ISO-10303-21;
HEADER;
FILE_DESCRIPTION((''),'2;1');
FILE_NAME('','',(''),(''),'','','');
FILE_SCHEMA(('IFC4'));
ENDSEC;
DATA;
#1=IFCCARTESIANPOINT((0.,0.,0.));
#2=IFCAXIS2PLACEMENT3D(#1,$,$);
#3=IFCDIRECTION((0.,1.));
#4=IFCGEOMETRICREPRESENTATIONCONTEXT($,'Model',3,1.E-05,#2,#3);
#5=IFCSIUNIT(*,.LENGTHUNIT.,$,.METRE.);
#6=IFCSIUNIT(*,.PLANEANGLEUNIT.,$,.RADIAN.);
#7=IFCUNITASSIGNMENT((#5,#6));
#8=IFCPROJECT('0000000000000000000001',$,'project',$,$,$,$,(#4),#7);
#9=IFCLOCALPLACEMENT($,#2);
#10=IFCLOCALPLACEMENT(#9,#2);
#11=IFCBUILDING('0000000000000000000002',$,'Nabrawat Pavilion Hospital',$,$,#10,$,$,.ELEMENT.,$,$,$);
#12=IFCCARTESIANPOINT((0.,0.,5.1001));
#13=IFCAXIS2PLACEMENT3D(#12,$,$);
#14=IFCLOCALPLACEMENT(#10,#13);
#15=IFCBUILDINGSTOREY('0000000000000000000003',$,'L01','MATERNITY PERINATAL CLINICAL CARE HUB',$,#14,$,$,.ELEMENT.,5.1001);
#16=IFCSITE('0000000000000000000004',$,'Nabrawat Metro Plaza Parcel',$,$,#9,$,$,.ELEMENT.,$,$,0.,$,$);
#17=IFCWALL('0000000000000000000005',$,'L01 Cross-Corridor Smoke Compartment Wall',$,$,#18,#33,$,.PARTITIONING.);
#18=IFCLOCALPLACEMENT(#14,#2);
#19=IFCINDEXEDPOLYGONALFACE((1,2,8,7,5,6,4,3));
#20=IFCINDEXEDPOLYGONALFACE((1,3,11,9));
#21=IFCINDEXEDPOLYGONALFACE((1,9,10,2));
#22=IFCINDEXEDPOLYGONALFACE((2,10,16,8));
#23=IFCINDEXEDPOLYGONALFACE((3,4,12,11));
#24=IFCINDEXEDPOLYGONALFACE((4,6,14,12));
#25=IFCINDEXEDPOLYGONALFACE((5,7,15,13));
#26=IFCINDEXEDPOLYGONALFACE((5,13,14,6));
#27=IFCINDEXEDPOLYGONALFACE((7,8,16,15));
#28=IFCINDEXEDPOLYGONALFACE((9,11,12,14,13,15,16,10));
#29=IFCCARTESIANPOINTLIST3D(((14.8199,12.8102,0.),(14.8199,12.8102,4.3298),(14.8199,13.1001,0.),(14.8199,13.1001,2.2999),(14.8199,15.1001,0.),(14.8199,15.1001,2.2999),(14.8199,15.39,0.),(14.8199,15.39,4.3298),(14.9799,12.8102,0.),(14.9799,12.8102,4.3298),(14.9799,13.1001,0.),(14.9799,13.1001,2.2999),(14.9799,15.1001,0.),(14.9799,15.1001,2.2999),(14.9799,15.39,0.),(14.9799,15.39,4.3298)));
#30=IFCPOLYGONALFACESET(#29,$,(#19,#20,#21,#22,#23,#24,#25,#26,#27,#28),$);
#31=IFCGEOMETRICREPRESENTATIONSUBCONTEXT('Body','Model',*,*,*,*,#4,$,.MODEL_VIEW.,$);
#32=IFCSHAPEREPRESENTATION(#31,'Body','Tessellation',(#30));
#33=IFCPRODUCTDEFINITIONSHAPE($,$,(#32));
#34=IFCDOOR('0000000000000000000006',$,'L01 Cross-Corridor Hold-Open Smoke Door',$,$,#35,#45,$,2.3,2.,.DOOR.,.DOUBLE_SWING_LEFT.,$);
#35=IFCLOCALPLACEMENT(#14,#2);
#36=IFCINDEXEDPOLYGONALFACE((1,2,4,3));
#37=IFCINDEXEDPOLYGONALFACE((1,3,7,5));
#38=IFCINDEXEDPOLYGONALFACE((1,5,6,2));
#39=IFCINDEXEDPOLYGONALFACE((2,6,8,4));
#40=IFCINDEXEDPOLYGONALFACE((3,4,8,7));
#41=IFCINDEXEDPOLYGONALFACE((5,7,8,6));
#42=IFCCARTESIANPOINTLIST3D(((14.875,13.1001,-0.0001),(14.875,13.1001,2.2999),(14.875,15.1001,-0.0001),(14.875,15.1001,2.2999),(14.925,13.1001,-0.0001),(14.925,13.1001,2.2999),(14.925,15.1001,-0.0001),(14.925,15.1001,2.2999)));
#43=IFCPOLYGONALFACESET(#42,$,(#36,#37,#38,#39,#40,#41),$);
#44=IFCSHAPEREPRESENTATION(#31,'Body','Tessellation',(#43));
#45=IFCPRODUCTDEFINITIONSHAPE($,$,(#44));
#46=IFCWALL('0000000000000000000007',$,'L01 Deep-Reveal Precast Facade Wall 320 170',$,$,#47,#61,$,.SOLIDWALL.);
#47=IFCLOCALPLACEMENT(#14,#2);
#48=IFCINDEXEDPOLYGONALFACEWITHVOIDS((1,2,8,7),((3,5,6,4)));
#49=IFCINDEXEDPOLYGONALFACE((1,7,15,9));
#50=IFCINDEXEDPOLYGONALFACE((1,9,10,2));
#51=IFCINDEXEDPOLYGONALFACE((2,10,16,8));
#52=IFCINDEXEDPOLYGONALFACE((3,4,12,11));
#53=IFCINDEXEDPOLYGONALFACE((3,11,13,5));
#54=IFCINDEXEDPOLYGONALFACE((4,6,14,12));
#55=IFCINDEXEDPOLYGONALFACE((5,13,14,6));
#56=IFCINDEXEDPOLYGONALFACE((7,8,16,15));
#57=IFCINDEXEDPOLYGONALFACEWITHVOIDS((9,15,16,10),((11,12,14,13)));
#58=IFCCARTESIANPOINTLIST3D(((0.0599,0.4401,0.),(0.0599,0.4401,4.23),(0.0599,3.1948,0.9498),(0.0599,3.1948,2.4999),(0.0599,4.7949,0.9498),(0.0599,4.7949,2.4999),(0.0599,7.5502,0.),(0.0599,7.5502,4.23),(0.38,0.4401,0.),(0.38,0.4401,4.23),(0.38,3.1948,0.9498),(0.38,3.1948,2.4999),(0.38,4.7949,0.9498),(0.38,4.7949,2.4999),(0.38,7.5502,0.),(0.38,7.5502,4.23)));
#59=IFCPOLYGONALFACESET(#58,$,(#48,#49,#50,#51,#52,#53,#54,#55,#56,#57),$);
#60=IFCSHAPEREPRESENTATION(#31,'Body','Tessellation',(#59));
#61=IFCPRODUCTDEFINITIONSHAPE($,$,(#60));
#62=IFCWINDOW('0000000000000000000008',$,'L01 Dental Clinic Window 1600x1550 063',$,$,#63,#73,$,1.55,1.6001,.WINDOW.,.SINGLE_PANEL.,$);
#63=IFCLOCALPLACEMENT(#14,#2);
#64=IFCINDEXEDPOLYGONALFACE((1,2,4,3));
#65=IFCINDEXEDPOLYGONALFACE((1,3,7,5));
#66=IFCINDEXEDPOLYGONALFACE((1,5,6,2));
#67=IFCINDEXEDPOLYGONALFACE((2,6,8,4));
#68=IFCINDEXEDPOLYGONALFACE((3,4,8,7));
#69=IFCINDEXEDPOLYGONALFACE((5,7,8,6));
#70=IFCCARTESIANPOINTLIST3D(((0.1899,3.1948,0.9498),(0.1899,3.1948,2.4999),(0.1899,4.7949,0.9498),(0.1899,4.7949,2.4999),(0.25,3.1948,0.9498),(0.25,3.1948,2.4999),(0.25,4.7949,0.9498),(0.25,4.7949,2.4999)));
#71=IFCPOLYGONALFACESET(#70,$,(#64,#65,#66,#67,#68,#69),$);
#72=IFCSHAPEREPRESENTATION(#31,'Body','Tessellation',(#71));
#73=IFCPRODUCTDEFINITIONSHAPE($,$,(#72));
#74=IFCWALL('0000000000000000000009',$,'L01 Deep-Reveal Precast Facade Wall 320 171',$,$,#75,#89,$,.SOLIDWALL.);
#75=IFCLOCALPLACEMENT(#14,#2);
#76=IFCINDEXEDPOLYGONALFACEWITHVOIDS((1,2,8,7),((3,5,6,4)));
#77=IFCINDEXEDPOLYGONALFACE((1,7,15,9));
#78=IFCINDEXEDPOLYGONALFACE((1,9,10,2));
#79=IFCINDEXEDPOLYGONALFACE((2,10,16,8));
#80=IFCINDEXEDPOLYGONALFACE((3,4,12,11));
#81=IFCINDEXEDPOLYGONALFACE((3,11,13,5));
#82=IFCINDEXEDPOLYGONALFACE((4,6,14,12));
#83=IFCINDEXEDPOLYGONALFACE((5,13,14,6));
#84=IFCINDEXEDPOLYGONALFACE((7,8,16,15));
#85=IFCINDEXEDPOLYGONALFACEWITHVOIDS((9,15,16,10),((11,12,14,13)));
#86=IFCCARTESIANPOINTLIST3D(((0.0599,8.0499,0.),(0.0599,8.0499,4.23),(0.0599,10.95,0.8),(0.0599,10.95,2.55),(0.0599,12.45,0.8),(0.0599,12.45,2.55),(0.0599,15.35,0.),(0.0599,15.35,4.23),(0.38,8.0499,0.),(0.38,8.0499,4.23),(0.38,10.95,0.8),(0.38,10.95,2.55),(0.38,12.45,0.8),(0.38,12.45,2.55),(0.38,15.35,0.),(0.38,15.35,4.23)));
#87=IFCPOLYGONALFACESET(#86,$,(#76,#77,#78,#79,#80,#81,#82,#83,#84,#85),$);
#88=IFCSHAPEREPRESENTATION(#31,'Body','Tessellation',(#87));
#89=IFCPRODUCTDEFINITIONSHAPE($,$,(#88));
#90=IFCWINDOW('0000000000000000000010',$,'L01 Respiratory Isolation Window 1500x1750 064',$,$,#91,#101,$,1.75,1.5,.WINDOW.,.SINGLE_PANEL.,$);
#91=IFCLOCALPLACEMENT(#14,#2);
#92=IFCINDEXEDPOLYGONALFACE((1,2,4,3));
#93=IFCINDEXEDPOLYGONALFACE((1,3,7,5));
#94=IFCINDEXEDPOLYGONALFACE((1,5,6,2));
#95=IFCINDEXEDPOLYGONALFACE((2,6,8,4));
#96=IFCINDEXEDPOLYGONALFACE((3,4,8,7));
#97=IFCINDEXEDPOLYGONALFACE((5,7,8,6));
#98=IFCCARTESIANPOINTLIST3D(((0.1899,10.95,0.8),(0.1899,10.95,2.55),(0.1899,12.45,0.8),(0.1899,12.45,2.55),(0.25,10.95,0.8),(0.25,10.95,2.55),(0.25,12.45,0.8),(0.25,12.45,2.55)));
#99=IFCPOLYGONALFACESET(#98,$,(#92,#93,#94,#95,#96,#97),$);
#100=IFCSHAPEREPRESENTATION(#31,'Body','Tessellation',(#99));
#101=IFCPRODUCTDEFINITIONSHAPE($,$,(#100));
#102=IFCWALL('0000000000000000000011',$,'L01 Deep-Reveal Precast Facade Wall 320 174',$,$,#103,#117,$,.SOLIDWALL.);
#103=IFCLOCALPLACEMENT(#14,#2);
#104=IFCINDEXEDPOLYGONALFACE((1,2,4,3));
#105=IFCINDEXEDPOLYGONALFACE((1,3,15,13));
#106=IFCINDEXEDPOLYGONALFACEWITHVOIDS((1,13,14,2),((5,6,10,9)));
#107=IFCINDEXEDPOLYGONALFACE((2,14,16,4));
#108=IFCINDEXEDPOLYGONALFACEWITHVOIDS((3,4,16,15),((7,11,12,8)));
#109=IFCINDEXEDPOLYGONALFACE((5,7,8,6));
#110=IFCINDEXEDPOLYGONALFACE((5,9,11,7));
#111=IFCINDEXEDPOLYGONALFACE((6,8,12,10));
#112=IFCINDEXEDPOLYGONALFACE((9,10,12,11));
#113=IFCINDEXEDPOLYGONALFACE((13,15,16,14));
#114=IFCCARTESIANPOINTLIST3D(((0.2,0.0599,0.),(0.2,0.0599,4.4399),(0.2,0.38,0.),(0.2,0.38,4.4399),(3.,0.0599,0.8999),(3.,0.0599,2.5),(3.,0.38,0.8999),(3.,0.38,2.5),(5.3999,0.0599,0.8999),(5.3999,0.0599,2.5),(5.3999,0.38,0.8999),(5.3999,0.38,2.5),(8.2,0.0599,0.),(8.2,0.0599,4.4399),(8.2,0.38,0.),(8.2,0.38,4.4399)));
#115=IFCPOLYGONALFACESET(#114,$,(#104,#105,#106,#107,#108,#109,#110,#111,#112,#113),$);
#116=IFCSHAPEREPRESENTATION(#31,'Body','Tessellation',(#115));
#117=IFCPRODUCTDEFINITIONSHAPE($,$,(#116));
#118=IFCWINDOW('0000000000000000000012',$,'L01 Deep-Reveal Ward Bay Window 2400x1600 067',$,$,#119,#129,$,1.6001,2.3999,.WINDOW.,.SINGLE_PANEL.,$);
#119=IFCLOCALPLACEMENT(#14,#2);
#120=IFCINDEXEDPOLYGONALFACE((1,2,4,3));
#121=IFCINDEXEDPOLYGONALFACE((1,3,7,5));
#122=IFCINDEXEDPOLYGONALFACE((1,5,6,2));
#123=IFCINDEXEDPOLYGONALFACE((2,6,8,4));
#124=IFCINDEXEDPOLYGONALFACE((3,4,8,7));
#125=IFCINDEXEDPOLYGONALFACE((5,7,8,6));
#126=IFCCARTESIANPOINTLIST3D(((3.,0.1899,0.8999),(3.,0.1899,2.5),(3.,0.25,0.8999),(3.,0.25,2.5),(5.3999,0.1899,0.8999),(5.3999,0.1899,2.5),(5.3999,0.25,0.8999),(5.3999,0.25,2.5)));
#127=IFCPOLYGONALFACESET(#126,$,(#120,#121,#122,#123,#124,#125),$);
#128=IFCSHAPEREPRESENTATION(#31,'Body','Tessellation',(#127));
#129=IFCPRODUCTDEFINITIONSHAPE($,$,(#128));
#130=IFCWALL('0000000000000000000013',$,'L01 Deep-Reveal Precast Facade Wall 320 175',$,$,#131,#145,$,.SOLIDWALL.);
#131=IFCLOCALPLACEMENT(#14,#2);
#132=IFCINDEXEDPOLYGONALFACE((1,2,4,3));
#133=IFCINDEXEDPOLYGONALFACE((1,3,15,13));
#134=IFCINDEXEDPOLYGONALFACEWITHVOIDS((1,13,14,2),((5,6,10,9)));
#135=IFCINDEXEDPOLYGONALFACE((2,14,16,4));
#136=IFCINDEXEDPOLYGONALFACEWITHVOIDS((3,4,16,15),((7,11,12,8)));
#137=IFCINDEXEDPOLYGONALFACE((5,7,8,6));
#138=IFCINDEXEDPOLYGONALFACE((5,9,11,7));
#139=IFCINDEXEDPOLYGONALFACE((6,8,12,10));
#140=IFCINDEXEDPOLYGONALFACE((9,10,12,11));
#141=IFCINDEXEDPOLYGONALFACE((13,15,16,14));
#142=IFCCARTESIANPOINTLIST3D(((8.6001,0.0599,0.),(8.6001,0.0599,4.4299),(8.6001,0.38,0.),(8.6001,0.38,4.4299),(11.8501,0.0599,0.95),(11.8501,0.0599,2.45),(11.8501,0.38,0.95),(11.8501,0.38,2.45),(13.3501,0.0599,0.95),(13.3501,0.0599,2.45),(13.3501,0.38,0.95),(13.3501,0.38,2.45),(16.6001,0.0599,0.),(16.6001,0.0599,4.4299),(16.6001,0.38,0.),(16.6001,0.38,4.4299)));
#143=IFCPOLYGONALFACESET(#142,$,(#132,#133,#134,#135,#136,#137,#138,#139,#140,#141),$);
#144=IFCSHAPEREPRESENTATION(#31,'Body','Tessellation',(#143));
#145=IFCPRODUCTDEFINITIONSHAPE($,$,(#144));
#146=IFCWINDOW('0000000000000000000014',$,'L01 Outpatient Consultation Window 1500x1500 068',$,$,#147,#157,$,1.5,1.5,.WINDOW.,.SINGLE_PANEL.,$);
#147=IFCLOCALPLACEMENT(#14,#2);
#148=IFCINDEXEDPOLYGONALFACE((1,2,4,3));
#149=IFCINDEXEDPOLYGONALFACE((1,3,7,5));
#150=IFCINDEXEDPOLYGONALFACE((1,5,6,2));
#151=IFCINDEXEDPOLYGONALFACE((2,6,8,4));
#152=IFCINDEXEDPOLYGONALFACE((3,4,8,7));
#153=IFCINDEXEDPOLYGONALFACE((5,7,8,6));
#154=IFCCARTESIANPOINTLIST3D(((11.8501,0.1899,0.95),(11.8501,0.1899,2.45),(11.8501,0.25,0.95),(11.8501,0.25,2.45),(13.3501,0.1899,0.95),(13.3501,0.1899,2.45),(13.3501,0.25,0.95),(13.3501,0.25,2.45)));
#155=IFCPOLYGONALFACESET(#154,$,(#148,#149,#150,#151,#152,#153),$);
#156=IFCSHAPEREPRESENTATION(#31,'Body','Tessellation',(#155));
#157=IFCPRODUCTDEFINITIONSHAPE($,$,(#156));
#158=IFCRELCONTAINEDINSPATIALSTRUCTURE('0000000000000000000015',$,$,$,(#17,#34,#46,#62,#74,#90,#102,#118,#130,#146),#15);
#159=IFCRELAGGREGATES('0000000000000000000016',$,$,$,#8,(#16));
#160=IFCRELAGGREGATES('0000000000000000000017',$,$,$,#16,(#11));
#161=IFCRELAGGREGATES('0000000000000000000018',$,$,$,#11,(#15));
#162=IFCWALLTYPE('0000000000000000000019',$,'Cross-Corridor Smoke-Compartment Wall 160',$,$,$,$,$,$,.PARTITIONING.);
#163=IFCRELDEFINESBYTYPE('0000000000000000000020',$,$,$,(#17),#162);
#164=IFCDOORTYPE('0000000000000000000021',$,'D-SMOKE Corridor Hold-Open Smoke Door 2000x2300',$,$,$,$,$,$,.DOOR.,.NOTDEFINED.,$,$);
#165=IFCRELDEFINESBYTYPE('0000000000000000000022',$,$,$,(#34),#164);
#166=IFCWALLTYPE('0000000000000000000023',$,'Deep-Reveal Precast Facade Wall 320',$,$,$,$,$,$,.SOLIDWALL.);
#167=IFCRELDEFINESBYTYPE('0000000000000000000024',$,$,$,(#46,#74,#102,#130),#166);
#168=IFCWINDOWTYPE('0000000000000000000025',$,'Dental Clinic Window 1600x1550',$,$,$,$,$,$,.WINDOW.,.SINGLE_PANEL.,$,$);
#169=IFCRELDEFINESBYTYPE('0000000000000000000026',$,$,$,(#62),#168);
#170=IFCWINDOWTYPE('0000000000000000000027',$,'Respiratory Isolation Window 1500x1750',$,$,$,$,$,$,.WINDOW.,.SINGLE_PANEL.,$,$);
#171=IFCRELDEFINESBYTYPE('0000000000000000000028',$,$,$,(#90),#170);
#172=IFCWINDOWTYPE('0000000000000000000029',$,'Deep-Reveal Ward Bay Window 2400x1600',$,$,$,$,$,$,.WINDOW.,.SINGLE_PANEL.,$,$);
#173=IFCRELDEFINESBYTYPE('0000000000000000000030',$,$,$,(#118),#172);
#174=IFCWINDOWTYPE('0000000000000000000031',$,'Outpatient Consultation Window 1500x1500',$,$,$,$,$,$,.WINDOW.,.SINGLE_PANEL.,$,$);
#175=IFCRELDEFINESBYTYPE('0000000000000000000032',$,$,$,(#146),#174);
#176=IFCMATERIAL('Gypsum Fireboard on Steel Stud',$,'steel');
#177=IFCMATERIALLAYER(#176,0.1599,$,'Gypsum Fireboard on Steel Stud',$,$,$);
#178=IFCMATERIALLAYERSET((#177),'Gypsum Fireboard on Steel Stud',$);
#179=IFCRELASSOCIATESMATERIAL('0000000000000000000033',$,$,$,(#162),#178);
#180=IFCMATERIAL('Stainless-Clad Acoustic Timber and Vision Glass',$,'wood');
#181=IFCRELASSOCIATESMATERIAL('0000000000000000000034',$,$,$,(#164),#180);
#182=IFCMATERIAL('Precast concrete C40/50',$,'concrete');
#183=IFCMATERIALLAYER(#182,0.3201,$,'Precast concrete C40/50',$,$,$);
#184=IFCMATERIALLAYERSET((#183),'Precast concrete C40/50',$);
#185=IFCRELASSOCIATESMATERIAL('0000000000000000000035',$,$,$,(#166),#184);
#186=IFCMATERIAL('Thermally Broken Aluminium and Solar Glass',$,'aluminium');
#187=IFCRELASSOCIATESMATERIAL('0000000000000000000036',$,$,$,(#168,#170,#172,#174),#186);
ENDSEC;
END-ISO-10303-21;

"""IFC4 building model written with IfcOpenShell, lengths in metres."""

from ifc_helpers import new_model, si_unit, direction, frame, frame_2d, origin, place, context, subcontext, project, spatial, rectangle, extrude, material, layer, layer_set, type_object, element, fill, save


model = new_model("IFC4")

# Units and contexts
model_context = context("Model", 3, precision=1e-05, world=origin(), true_north=direction((0.0, 1.0)))
body_context = subcontext(model_context, "Body", "Model", "MODEL_VIEW")
ifc_project = project(units=[si_unit("LENGTHUNIT", "METRE"), si_unit("PLANEANGLEUNIT", "RADIAN")], contexts=[model_context])

# Site, building, storey
site_placement = place(None, origin())
site = spatial("IfcSite", under=ifc_project, at=site_placement, Name="Nabrawat Metro Plaza Parcel", CompositionType="ELEMENT", RefElevation=0.0)
building_placement = place(site_placement, origin())
building = spatial("IfcBuilding", under=site, at=building_placement, Name="Nabrawat Pavilion Hospital", CompositionType="ELEMENT")
storey_placement = place(building_placement, frame((0.0, 0.0, 5.1001)))
storey = spatial("IfcBuildingStorey", under=building, at=storey_placement, Name="L01", Description="MATERNITY PERINATAL CLINICAL CARE HUB", CompositionType="ELEMENT", Elevation=5.1001)

# Wall, opening, door
ifc_material_1 = material(Name="Gypsum Fireboard on Steel Stud", Category="steel")
ifc_material_2 = material(Name="Stainless-Clad Acoustic Timber and Vision Glass", Category="wood")
ifc_layer_1 = layer(ifc_material_1, 0.1599, Name="Gypsum Fireboard on Steel Stud")
ifc_layer_set_1 = layer_set([ifc_layer_1], Name="Gypsum Fireboard on Steel Stud")
wall_type_1 = type_object("IfcWallType", Name="Cross-Corridor Smoke-Compartment Wall 160", PredefinedType="PARTITIONING", material=ifc_layer_set_1)
wall_1_placement = place(storey_placement, frame((14.8999, 12.8101, 0.0), z_axis=(0.0, 0.0, 1.0), x_axis=(0.0, 1.0, 0.0)))
wall_1 = element("IfcWall", 1, at=wall_1_placement, inside=storey, type_object=wall_type_1, Name="L01 Cross-Corridor Smoke Compartment Wall", PredefinedType="PARTITIONING", context=body_context, shape_type="SweptSolid", body=[
    extrude(rectangle(XDim=2.5798, YDim=0.1599, at=frame_2d((1.29, 0.0))), origin(), (0.0, 0.0, 1.0), 4.3298),
])
opening_1_placement = place(wall_1_placement, frame((0.29, 0.0, 0.0)))
opening_1 = element("IfcOpeningElement", 2, at=opening_1_placement, cuts=wall_1, PredefinedType="OPENING", context=body_context, shape_type="SweptSolid", body=[
    extrude(rectangle(XDim=2.0, YDim=2.3, at=frame_2d((1.0, 1.1499))), frame((0.0, 0.0898, 0.0), z_axis=(0.0, -1.0, 0.0), x_axis=(1.0, 0.0, 0.0)), (0.0, 0.0, 1.0), 0.1799),
])
door_type_1 = type_object("IfcDoorType", Name="D-SMOKE Corridor Hold-Open Smoke Door 2000x2300", OperationType="NOTDEFINED", PredefinedType="DOOR", material=ifc_material_2)
door_1_placement = place(opening_1_placement, origin())
door_1 = element("IfcDoor", 3, at=door_1_placement, inside=storey, type_object=door_type_1, Name="L01 Cross-Corridor Hold-Open Smoke Door", OperationType="DOUBLE_SWING_LEFT", OverallHeight=2.3, OverallWidth=2.0, PredefinedType="DOOR", context=body_context, shape_type="SweptSolid", body=[
    extrude(rectangle(XDim=2.0, YDim=2.3, at=frame_2d((1.0, 1.1499))), frame((0.0, 0.0249, 0.0), z_axis=(0.0, -1.0, 0.0), x_axis=(1.0, 0.0, 0.0)), (0.0, 0.0, 1.0), 0.05),
])
fill(opening_1, door_1)

# Walls, openings, windows
ifc_material_3 = material(Name="Precast concrete C40/50", Category="concrete")
ifc_layer_2 = layer(ifc_material_3, 0.3201, Name="Precast concrete C40/50")
ifc_layer_set_2 = layer_set([ifc_layer_2], Name="Precast concrete C40/50")
wall_type_2 = type_object("IfcWallType", Name="Deep-Reveal Precast Facade Wall 320", PredefinedType="SOLIDWALL", material=ifc_layer_set_2)
wall_2_placement = place(storey_placement, frame((0.22, 0.4399, 0.0), z_axis=(0.0, 0.0, 1.0), x_axis=(0.0, 1.0, 0.0)))
wall_2 = element("IfcWall", 4, at=wall_2_placement, inside=storey, type_object=wall_type_2, Name="L01 Deep-Reveal Precast Facade Wall 320 170", PredefinedType="SOLIDWALL", context=body_context, shape_type="SweptSolid", body=[
    extrude(rectangle(XDim=7.1101, YDim=0.3201, at=frame_2d((3.5552, 0.0))), origin(), (0.0, 0.0, 1.0), 4.23),
])
opening_2_placement = place(wall_2_placement, frame((2.7549, 0.0, 0.95)))
opening_2 = element("IfcOpeningElement", 5, at=opening_2_placement, cuts=wall_2, PredefinedType="OPENING", context=body_context, shape_type="SweptSolid", body=[
    extrude(rectangle(XDim=1.6001, YDim=1.55, at=frame_2d((0.8, 0.7749))), frame((0.0, 0.1699, 0.0), z_axis=(0.0, -1.0, 0.0), x_axis=(1.0, 0.0, 0.0)), (0.0, 0.0, 1.0), 0.3401),
])
ifc_material_4 = material(Name="Thermally Broken Aluminium and Solar Glass", Category="aluminium")
window_type_1 = type_object("IfcWindowType", Name="Dental Clinic Window 1600x1550", PartitioningType="SINGLE_PANEL", PredefinedType="WINDOW", material=ifc_material_4)
window_1_placement = place(opening_2_placement, origin())
window_1 = element("IfcWindow", 6, at=window_1_placement, inside=storey, type_object=window_type_1, Name="L01 Dental Clinic Window 1600x1550 063", OverallHeight=1.55, OverallWidth=1.6001, PartitioningType="SINGLE_PANEL", PredefinedType="WINDOW", context=body_context, shape_type="SweptSolid", body=[
    extrude(rectangle(XDim=1.6001, YDim=1.55, at=frame_2d((0.8, 0.7749))), frame((0.0, 0.03, 0.0), z_axis=(0.0, -1.0, 0.0), x_axis=(1.0, 0.0, 0.0)), (0.0, 0.0, 1.0), 0.0601),
])
fill(opening_2, window_1)
wall_3_placement = place(storey_placement, frame((0.22, 8.05, 0.0), z_axis=(0.0, 0.0, 1.0), x_axis=(0.0, 1.0, 0.0)))
wall_3 = element("IfcWall", 7, at=wall_3_placement, inside=storey, type_object=wall_type_2, Name="L01 Deep-Reveal Precast Facade Wall 320 171", PredefinedType="SOLIDWALL", context=body_context, shape_type="SweptSolid", body=[
    extrude(rectangle(XDim=7.3, YDim=0.3201, at=frame_2d((3.6499, 0.0))), origin(), (0.0, 0.0, 1.0), 4.23),
])
opening_3_placement = place(wall_3_placement, frame((2.8999, 0.0, 0.8)))
opening_3 = element("IfcOpeningElement", 8, at=opening_3_placement, cuts=wall_3, PredefinedType="OPENING", context=body_context, shape_type="SweptSolid", body=[
    extrude(rectangle(XDim=1.5, YDim=1.75, at=frame_2d((0.75, 0.875))), frame((0.0, 0.1699, 0.0), z_axis=(0.0, -1.0, 0.0), x_axis=(1.0, 0.0, 0.0)), (0.0, 0.0, 1.0), 0.3401),
])
window_type_2 = type_object("IfcWindowType", Name="Respiratory Isolation Window 1500x1750", PartitioningType="SINGLE_PANEL", PredefinedType="WINDOW", material=ifc_material_4)
window_2_placement = place(opening_3_placement, origin())
window_2 = element("IfcWindow", 9, at=window_2_placement, inside=storey, type_object=window_type_2, Name="L01 Respiratory Isolation Window 1500x1750 064", OverallHeight=1.75, OverallWidth=1.5, PartitioningType="SINGLE_PANEL", PredefinedType="WINDOW", context=body_context, shape_type="SweptSolid", body=[
    extrude(rectangle(XDim=1.5, YDim=1.75, at=frame_2d((0.75, 0.875))), frame((0.0, 0.03, 0.0), z_axis=(0.0, -1.0, 0.0), x_axis=(1.0, 0.0, 0.0)), (0.0, 0.0, 1.0), 0.0601),
])
fill(opening_3, window_2)
wall_4_placement = place(storey_placement, frame((0.2, 0.22, 0.0), z_axis=(0.0, 0.0, 1.0), x_axis=(1.0, 0.0, 0.0)))
wall_4 = element("IfcWall", 10, at=wall_4_placement, inside=storey, type_object=wall_type_2, Name="L01 Deep-Reveal Precast Facade Wall 320 174", PredefinedType="SOLIDWALL", context=body_context, shape_type="SweptSolid", body=[
    extrude(rectangle(XDim=8.0, YDim=0.3201, at=frame_2d((4.0, 0.0))), origin(), (0.0, 0.0, 1.0), 4.4399),
])
opening_4_placement = place(wall_4_placement, frame((2.8, 0.0, 0.8999)))
opening_4 = element("IfcOpeningElement", 11, at=opening_4_placement, cuts=wall_4, PredefinedType="OPENING", context=body_context, shape_type="SweptSolid", body=[
    extrude(rectangle(XDim=2.3999, YDim=1.6001, at=frame_2d((1.2, 0.8))), frame((0.0, 0.1699, 0.0), z_axis=(0.0, -1.0, 0.0), x_axis=(1.0, 0.0, 0.0)), (0.0, 0.0, 1.0), 0.3401),
])
window_type_3 = type_object("IfcWindowType", Name="Deep-Reveal Ward Bay Window 2400x1600", PartitioningType="SINGLE_PANEL", PredefinedType="WINDOW", material=ifc_material_4)
window_3_placement = place(opening_4_placement, origin())
window_3 = element("IfcWindow", 12, at=window_3_placement, inside=storey, type_object=window_type_3, Name="L01 Deep-Reveal Ward Bay Window 2400x1600 067", OverallHeight=1.6001, OverallWidth=2.3999, PartitioningType="SINGLE_PANEL", PredefinedType="WINDOW", context=body_context, shape_type="SweptSolid", body=[
    extrude(rectangle(XDim=2.3999, YDim=1.6001, at=frame_2d((1.2, 0.8))), frame((0.0, 0.03, 0.0), z_axis=(0.0, -1.0, 0.0), x_axis=(1.0, 0.0, 0.0)), (0.0, 0.0, 1.0), 0.0601),
])
fill(opening_4, window_3)
wall_5_placement = place(storey_placement, frame((8.6001, 0.22, 0.0), z_axis=(0.0, 0.0, 1.0), x_axis=(1.0, 0.0, 0.0)))
wall_5 = element("IfcWall", 13, at=wall_5_placement, inside=storey, type_object=wall_type_2, Name="L01 Deep-Reveal Precast Facade Wall 320 175", PredefinedType="SOLIDWALL", context=body_context, shape_type="SweptSolid", body=[
    extrude(rectangle(XDim=8.0, YDim=0.3201, at=frame_2d((4.0, 0.0))), origin(), (0.0, 0.0, 1.0), 4.4299),
])
opening_5_placement = place(wall_5_placement, frame((3.25, 0.0, 0.95)))
opening_5 = element("IfcOpeningElement", 14, at=opening_5_placement, cuts=wall_5, PredefinedType="OPENING", context=body_context, shape_type="SweptSolid", body=[
    extrude(rectangle(XDim=1.5, YDim=1.5, at=frame_2d((0.75, 0.75))), frame((0.0, 0.1699, 0.0), z_axis=(0.0, -1.0, 0.0), x_axis=(1.0, 0.0, 0.0)), (0.0, 0.0, 1.0), 0.3401),
])
window_type_4 = type_object("IfcWindowType", Name="Outpatient Consultation Window 1500x1500", PartitioningType="SINGLE_PANEL", PredefinedType="WINDOW", material=ifc_material_4)
window_4_placement = place(opening_5_placement, origin())
window_4 = element("IfcWindow", 15, at=window_4_placement, inside=storey, type_object=window_type_4, Name="L01 Outpatient Consultation Window 1500x1500 068", OverallHeight=1.5, OverallWidth=1.5, PartitioningType="SINGLE_PANEL", PredefinedType="WINDOW", context=body_context, shape_type="SweptSolid", body=[
    extrude(rectangle(XDim=1.5, YDim=1.5, at=frame_2d((0.75, 0.75))), frame((0.0, 0.03, 0.0), z_axis=(0.0, -1.0, 0.0), x_axis=(1.0, 0.0, 0.0)), (0.0, 0.0, 1.0), 0.0601),
])
fill(opening_5, window_4)

save(model, "model.ifc")
